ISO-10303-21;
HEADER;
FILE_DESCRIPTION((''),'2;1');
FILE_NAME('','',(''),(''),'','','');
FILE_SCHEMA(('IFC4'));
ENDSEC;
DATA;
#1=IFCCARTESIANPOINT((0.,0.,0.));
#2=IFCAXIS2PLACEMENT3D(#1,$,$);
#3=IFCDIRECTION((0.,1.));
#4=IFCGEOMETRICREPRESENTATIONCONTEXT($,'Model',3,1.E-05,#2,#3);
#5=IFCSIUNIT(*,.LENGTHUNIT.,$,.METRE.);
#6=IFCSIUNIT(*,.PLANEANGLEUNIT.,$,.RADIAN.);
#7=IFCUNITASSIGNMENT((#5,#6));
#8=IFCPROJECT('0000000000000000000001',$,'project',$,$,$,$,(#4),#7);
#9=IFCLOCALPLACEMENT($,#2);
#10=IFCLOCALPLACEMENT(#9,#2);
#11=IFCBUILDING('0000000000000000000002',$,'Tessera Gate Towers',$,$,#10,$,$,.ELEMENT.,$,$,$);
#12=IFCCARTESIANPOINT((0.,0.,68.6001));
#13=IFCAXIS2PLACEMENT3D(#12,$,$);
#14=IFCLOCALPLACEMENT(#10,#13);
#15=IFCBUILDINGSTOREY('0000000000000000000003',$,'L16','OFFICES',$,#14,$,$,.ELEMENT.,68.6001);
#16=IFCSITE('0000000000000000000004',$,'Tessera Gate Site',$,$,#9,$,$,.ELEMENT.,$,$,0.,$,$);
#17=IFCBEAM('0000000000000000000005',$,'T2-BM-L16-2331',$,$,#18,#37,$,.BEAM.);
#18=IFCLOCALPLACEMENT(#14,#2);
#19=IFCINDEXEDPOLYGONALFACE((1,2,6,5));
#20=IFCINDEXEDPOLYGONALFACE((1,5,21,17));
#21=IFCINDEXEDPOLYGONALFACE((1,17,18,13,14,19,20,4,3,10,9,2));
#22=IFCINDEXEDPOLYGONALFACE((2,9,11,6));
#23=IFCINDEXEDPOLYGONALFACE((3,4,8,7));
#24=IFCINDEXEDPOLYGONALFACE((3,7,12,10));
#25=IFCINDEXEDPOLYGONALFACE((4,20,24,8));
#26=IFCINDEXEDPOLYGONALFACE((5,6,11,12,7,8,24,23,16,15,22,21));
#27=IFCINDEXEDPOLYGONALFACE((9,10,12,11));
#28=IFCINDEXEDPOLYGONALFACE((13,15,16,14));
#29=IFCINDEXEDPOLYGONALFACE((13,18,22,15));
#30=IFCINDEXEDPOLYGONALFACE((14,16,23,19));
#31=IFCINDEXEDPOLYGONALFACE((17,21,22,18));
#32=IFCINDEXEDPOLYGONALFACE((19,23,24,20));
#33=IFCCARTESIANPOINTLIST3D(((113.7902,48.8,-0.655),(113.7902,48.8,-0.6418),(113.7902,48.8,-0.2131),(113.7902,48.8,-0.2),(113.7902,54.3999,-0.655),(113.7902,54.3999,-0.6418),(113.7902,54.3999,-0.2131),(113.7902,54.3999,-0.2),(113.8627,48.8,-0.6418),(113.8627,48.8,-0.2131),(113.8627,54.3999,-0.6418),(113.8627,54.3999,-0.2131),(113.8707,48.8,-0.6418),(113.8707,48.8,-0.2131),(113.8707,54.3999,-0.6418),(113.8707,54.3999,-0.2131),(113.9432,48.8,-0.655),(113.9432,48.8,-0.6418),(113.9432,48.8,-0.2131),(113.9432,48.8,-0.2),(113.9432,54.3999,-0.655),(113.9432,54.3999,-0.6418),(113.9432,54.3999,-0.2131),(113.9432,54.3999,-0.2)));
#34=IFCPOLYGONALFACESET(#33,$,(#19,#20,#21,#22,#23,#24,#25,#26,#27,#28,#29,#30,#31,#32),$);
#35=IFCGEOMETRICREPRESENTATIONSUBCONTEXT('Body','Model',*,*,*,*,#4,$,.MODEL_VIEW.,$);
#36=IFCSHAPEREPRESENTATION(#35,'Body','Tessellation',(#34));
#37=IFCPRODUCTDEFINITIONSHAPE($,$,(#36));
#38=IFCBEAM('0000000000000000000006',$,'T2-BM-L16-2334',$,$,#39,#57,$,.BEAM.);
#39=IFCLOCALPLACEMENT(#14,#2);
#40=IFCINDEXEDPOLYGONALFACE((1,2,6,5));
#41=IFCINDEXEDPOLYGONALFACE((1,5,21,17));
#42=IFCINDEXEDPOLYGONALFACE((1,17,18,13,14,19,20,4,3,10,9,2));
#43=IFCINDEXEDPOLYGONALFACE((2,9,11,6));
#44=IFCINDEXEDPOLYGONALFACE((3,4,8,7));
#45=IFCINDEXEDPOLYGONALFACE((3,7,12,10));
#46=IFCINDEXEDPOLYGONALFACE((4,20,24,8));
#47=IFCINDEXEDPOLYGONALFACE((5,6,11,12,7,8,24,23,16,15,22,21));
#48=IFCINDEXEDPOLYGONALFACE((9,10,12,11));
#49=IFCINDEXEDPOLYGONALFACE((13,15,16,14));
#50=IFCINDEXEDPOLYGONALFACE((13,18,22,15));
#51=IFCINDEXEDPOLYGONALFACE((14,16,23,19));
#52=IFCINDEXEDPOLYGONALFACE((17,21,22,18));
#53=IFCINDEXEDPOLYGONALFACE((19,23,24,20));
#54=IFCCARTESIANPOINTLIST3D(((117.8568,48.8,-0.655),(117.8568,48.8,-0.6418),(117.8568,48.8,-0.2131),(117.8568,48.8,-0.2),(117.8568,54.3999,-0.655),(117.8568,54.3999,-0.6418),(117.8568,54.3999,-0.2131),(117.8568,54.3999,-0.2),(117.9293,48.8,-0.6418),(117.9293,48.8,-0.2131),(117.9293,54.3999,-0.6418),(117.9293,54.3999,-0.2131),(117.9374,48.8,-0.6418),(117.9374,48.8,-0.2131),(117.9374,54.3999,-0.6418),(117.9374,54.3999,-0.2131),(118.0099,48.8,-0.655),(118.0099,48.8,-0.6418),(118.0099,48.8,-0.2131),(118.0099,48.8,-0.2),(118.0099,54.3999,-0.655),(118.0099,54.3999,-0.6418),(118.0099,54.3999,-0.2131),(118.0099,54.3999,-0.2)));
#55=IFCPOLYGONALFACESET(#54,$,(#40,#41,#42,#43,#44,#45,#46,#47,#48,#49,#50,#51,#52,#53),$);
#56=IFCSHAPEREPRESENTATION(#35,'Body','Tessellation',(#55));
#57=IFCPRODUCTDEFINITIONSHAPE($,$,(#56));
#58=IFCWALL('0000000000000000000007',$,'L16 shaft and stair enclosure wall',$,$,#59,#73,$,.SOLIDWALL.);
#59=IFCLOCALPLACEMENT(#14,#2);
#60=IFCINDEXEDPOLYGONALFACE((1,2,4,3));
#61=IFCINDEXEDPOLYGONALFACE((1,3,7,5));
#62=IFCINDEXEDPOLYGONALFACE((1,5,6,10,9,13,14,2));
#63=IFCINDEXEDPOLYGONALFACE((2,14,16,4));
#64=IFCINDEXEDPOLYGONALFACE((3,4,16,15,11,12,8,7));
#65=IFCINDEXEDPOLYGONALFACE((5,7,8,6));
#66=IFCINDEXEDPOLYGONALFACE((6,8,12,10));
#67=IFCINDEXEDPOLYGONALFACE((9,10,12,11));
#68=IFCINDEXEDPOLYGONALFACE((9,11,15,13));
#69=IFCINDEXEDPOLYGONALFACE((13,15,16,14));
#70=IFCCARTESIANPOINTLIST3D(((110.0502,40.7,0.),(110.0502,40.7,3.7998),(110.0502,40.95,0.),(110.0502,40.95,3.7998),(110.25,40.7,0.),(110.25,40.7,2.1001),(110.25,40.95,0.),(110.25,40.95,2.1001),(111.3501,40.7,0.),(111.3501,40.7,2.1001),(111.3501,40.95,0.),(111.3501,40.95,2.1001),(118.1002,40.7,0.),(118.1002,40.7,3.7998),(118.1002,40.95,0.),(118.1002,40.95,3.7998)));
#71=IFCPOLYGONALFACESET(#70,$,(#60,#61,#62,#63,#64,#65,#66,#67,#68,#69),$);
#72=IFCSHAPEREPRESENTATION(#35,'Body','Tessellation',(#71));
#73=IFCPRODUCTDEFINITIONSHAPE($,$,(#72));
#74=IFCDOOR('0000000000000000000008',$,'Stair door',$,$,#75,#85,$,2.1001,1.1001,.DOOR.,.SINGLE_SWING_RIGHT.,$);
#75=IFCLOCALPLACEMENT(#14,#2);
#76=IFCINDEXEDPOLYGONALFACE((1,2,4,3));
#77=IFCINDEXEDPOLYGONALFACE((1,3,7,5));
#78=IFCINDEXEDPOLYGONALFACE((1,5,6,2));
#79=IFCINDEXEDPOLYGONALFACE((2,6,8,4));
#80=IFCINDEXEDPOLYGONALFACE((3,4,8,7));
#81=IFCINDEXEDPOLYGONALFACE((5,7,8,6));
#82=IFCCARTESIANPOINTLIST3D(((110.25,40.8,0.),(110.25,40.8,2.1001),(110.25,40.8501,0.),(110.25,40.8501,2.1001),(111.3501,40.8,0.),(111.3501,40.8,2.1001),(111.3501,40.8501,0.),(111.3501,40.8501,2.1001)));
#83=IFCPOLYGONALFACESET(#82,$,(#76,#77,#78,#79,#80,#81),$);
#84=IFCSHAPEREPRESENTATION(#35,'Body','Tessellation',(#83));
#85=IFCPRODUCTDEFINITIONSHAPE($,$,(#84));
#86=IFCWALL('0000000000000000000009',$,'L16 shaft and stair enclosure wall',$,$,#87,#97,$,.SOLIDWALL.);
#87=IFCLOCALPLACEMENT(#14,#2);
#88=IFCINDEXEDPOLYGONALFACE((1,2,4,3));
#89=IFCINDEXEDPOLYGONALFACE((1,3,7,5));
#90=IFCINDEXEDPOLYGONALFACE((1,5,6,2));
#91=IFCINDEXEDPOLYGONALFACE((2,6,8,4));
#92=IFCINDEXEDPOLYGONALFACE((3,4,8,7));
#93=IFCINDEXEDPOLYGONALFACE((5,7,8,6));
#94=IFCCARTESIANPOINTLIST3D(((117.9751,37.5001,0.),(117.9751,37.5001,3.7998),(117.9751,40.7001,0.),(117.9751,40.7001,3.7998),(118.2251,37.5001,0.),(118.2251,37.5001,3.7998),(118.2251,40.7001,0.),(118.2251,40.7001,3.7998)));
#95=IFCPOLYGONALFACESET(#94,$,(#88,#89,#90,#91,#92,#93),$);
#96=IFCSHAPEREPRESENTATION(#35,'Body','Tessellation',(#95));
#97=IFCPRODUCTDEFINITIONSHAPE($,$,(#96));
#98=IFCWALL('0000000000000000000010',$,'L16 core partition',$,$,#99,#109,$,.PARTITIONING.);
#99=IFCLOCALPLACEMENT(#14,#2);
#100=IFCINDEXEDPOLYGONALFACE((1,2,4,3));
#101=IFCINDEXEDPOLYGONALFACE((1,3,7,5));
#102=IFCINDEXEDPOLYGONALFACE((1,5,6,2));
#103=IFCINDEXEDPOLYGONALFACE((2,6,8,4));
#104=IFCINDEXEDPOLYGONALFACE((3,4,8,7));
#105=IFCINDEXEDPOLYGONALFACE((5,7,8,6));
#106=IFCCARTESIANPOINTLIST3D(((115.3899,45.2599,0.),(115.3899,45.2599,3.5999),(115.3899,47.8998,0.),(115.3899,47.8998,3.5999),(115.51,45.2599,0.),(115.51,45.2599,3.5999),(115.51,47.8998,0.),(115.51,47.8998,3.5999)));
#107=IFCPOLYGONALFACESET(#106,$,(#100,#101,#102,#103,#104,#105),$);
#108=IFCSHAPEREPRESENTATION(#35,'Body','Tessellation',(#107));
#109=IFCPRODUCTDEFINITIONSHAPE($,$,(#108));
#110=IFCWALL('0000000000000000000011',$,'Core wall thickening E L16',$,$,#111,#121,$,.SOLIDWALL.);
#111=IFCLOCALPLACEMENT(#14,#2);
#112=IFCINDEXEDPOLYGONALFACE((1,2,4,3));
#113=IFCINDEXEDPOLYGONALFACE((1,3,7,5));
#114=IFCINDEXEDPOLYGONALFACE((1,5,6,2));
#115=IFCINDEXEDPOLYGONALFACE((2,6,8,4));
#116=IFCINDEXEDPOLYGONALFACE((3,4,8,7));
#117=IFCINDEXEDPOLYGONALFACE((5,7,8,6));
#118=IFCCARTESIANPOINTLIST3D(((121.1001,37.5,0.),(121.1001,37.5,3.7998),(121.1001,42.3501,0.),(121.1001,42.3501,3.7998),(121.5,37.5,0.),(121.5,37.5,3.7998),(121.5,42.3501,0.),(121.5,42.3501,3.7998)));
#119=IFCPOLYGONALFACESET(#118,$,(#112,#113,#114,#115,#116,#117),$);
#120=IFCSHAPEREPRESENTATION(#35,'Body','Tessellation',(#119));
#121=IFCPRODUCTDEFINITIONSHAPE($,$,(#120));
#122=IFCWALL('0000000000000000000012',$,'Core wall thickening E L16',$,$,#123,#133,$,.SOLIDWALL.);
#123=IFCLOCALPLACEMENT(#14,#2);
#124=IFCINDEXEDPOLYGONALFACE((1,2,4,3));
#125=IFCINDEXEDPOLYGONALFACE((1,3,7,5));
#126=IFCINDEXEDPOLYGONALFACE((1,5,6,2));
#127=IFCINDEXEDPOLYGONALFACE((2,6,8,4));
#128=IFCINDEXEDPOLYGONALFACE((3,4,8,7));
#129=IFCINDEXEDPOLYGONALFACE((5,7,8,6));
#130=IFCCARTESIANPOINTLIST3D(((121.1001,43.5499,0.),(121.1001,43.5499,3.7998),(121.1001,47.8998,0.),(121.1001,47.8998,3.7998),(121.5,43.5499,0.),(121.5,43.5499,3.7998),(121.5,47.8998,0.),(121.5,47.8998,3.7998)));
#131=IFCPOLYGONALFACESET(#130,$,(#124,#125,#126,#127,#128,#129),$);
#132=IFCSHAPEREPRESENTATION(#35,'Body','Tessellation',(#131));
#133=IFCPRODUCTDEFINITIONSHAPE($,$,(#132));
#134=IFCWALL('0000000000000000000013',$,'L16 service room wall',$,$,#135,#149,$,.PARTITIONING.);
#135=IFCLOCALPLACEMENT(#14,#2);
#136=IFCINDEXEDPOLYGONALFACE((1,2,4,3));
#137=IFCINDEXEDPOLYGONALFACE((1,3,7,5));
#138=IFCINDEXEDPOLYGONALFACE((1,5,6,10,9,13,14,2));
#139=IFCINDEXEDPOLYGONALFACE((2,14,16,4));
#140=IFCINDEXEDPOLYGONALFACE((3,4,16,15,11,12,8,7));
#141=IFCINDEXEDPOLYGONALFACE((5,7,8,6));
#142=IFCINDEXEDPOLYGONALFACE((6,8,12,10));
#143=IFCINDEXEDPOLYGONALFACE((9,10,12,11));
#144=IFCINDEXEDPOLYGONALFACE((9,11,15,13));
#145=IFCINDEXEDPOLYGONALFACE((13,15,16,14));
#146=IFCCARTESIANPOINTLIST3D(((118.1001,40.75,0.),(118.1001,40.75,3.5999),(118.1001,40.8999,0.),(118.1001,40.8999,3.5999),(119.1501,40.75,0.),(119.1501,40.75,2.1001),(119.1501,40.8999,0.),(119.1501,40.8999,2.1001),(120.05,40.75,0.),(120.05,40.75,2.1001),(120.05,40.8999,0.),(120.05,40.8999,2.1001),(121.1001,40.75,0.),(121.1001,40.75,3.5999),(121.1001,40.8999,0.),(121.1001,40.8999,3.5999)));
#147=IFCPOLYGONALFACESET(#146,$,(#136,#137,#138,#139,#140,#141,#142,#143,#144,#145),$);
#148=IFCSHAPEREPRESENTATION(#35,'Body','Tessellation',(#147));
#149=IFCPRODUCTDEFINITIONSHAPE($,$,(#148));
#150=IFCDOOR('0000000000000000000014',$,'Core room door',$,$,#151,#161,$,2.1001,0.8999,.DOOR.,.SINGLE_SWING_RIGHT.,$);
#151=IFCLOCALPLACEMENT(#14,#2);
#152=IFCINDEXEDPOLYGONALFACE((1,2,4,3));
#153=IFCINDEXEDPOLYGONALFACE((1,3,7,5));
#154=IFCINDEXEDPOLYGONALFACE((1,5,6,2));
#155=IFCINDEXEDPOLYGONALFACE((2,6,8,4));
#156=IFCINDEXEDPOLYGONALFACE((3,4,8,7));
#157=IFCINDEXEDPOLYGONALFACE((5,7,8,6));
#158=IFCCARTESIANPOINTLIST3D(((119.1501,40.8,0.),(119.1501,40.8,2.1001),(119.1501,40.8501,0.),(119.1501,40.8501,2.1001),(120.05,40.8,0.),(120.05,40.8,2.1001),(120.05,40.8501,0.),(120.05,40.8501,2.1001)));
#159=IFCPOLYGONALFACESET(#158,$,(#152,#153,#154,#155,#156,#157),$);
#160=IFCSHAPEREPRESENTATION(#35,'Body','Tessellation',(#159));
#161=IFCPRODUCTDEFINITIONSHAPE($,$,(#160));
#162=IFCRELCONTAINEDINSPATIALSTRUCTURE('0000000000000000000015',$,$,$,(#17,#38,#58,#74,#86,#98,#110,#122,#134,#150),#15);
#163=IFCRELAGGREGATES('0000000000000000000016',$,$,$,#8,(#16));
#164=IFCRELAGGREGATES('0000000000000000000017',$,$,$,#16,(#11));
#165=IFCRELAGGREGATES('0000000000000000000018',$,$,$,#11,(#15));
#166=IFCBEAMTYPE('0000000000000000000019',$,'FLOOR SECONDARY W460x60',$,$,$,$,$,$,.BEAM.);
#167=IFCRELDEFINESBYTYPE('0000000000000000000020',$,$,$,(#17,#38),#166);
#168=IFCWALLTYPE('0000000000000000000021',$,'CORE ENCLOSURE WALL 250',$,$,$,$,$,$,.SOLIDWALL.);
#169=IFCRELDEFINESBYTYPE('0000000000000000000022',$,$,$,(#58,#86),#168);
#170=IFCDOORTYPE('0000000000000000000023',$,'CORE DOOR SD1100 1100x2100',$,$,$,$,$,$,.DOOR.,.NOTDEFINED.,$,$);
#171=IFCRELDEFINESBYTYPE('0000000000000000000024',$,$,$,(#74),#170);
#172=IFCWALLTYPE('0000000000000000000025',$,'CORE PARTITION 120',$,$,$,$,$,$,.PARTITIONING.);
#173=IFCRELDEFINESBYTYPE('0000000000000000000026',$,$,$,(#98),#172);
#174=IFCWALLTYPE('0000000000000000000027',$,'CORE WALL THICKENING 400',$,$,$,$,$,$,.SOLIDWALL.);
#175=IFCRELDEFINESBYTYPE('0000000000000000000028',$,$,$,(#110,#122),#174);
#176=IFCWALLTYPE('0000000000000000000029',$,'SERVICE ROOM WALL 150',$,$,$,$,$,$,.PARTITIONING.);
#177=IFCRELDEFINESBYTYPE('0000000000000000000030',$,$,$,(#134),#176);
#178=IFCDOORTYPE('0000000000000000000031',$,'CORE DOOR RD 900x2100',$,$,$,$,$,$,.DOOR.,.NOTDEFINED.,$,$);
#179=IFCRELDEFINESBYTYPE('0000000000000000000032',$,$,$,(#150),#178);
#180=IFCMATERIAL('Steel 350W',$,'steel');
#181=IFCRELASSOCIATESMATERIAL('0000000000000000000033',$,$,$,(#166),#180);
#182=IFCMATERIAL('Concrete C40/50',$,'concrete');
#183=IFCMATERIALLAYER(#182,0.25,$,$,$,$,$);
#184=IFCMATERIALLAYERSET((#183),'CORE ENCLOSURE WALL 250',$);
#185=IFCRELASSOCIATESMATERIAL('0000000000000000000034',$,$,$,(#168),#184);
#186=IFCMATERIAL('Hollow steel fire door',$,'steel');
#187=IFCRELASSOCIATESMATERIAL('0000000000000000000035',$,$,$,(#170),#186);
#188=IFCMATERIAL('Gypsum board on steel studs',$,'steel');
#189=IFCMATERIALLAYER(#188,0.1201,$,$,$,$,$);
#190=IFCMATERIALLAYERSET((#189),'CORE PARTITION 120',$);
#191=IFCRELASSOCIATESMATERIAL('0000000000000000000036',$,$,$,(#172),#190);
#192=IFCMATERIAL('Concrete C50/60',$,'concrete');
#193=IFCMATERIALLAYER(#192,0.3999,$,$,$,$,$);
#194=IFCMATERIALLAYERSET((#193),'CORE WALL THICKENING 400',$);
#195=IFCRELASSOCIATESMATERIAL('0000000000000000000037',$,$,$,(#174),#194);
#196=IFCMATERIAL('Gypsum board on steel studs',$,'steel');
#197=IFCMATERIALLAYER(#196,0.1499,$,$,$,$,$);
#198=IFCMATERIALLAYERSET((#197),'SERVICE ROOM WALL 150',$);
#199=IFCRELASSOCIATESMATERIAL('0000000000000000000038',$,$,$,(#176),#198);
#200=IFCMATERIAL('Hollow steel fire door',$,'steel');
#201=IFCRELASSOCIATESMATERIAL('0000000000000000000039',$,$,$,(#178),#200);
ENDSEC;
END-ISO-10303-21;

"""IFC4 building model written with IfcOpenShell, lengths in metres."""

from ifc_helpers import new_model, si_unit, direction, frame, frame_2d, origin, origin_2d, place, context, subcontext, project, spatial, rectangle, i_section, extrude, source, transform, mapped, material, layer, layer_set, material_profile, profile_set, type_object, element, fill, save


model = new_model("IFC4")

# Units and contexts
model_context = context("Model", 3, precision=1e-05, world=origin(), true_north=direction((0.0, 1.0)))
body_context = subcontext(model_context, "Body", "Model", "MODEL_VIEW")
ifc_project = project(units=[si_unit("LENGTHUNIT", "METRE"), si_unit("PLANEANGLEUNIT", "RADIAN")], contexts=[model_context])

# Site, building, storey
site_placement = place(None, origin())
site = spatial("IfcSite", under=ifc_project, at=site_placement, Name="Tessera Gate Site", CompositionType="ELEMENT", RefElevation=0.0)
building_placement = place(site_placement, origin())
building = spatial("IfcBuilding", under=site, at=building_placement, Name="Tessera Gate Towers", CompositionType="ELEMENT")
storey_placement = place(building_placement, frame((0.0, 0.0, 68.6001)))
storey = spatial("IfcBuildingStorey", under=building, at=storey_placement, Name="L16", Description="OFFICES", CompositionType="ELEMENT", Elevation=68.6001)

# Beams
ifc_material_1 = material(Name="Steel 350W", Category="steel")
ifc_material_profile = material_profile(ifc_material_1, i_section(OverallWidth=0.1531, OverallDepth=0.4551, WebThickness=0.0081, FlangeThickness=0.0132, at=origin_2d()), Name="W460x60")
ifc_profile_set = profile_set([ifc_material_profile], Name="Steel 350W")
beam_type = type_object("IfcBeamType", Name="FLOOR SECONDARY W460x60", PredefinedType="BEAM", material=ifc_profile_set)
for number, where, z_axis, x_axis, name in (
    (1, (113.8667, 48.8, -0.4275), (0.0, 1.0, 0.0), (-1.0, 0.0, 0.0), "T2-BM-L16-2331"),
    (2, (117.9333, 48.8, -0.4275), (0.0, 1.0, 0.0), (-1.0, 0.0, 0.0), "T2-BM-L16-2334"),
):
    element("IfcBeam", number, at=place(storey_placement, frame(where, z_axis=z_axis, x_axis=x_axis)), inside=storey, type_object=beam_type, Name=name, PredefinedType="BEAM", context=body_context, shape_type="SweptSolid", body=[
        extrude(i_section(OverallWidth=0.1531, OverallDepth=0.4551, WebThickness=0.0081, FlangeThickness=0.0132, at=origin_2d()), origin(), (0.0, 0.0, 1.0), 5.5999),
    ])

# Wall, opening, door
ifc_material_2 = material(Name="Concrete C40/50", Category="concrete")
ifc_layer_1 = layer(ifc_material_2, 0.25)
ifc_layer_set_1 = layer_set([ifc_layer_1], Name="CORE ENCLOSURE WALL 250")
wall_type_1 = type_object("IfcWallType", Name="CORE ENCLOSURE WALL 250", PredefinedType="SOLIDWALL", material=ifc_layer_set_1)
wall_1_placement = place(storey_placement, frame((118.1001, 40.825, 0.0), z_axis=(0.0, 0.0, 1.0), x_axis=(-1.0, 0.0, 0.0)))
wall_1 = element("IfcWall", 3, at=wall_1_placement, inside=storey, type_object=wall_type_1, Name="L16 shaft and stair enclosure wall", PredefinedType="SOLIDWALL", context=body_context, shape_type="SweptSolid", body=[
    extrude(rectangle(XDim=8.05, YDim=0.25, at=frame_2d((4.0249, 0.0))), origin(), (0.0, 0.0, 1.0), 3.7998),
])
shared_shape_1 = source(origin(), body_context, "Body", "SweptSolid", [
    extrude(rectangle(XDim=1.1001, YDim=2.1001, at=frame_2d((0.55, 1.05))), frame((0.0, 0.135, 0.0), z_axis=(0.0, -1.0, 0.0), x_axis=(1.0, 0.0, 0.0)), (0.0, 0.0, 1.0), 0.27),
])
opening_1_placement = place(wall_1_placement, frame((6.75, 0.0, 0.0)))
opening_1 = element("IfcOpeningElement", 4, at=opening_1_placement, cuts=wall_1, PredefinedType="OPENING", context=body_context, shape_type="MappedRepresentation", body=[
    mapped(shared_shape_1, transform((0.0, 0.0, 0.0), scale=1.0)),
])
ifc_material_3 = material(Name="Hollow steel fire door", Category="steel")
door_type_1 = type_object("IfcDoorType", Name="CORE DOOR SD1100 1100x2100", OperationType="NOTDEFINED", PredefinedType="DOOR", material=ifc_material_3)
shared_shape_2 = source(origin(), body_context, "Body", "SweptSolid", [
    extrude(rectangle(XDim=1.1001, YDim=2.1001, at=frame_2d((0.55, 1.05))), frame((0.0, 0.0249, 0.0), z_axis=(0.0, -1.0, 0.0), x_axis=(1.0, 0.0, 0.0)), (0.0, 0.0, 1.0), 0.05),
])
door_1_placement = place(opening_1_placement, origin())
door_1 = element("IfcDoor", 5, at=door_1_placement, inside=storey, type_object=door_type_1, Name="Stair door", OperationType="SINGLE_SWING_RIGHT", OverallHeight=2.1001, OverallWidth=1.1001, PredefinedType="DOOR", context=body_context, shape_type="MappedRepresentation", body=[
    mapped(shared_shape_2, transform((0.0, 0.0, 0.0), scale=1.0)),
])
fill(opening_1, door_1)

# Walls
wall_2_placement = place(storey_placement, frame((118.1001, 37.5, 0.0), z_axis=(0.0, 0.0, 1.0), x_axis=(0.0, 1.0, 0.0)))
element("IfcWall", 6, at=wall_2_placement, inside=storey, type_object=wall_type_1, Name="L16 shaft and stair enclosure wall", PredefinedType="SOLIDWALL", context=body_context, shape_type="SweptSolid", body=[
    extrude(rectangle(XDim=3.2, YDim=0.25, at=frame_2d((1.6001, 0.0))), origin(), (0.0, 0.0, 1.0), 3.7998),
])
ifc_material_4 = material(Name="Gypsum board on steel studs", Category="steel")
ifc_layer_2 = layer(ifc_material_4, 0.1201)
ifc_layer_set_2 = layer_set([ifc_layer_2], Name="CORE PARTITION 120")
wall_type_2 = type_object("IfcWallType", Name="CORE PARTITION 120", PredefinedType="PARTITIONING", material=ifc_layer_set_2)
wall_3_placement = place(storey_placement, frame((115.45, 45.26, 0.0), z_axis=(0.0, 0.0, 1.0), x_axis=(0.0, 1.0, 0.0)))
element("IfcWall", 7, at=wall_3_placement, inside=storey, type_object=wall_type_2, Name="L16 core partition", PredefinedType="PARTITIONING", context=body_context, shape_type="SweptSolid", body=[
    extrude(rectangle(XDim=2.6399, YDim=0.1201, at=frame_2d((1.3198, 0.0))), origin(), (0.0, 0.0, 1.0), 3.5999),
])
ifc_material_5 = material(Name="Concrete C50/60", Category="concrete")
ifc_layer_3 = layer(ifc_material_5, 0.3999)
ifc_layer_set_3 = layer_set([ifc_layer_3], Name="CORE WALL THICKENING 400")
wall_type_3 = type_object("IfcWallType", Name="CORE WALL THICKENING 400", PredefinedType="SOLIDWALL", material=ifc_layer_set_3)
wall_4_placement = place(storey_placement, frame((121.3, 37.5, 0.0), z_axis=(0.0, 0.0, 1.0), x_axis=(0.0, 1.0, 0.0)))
element("IfcWall", 8, at=wall_4_placement, inside=storey, type_object=wall_type_3, Name="Core wall thickening E L16", PredefinedType="SOLIDWALL", context=body_context, shape_type="SweptSolid", body=[
    extrude(rectangle(XDim=4.8501, YDim=0.3999, at=frame_2d((2.425, 0.0))), origin(), (0.0, 0.0, 1.0), 3.7998),
])
wall_5_placement = place(storey_placement, frame((121.3, 43.55, 0.0), z_axis=(0.0, 0.0, 1.0), x_axis=(0.0, 1.0, 0.0)))
element("IfcWall", 9, at=wall_5_placement, inside=storey, type_object=wall_type_3, Name="Core wall thickening E L16", PredefinedType="SOLIDWALL", context=body_context, shape_type="SweptSolid", body=[
    extrude(rectangle(XDim=4.3499, YDim=0.3999, at=frame_2d((2.1748, 0.0))), origin(), (0.0, 0.0, 1.0), 3.7998),
])

# Wall, opening, door
ifc_material_6 = material(Name="Gypsum board on steel studs", Category="steel")
ifc_layer_4 = layer(ifc_material_6, 0.1499)
ifc_layer_set_4 = layer_set([ifc_layer_4], Name="SERVICE ROOM WALL 150")
wall_type_4 = type_object("IfcWallType", Name="SERVICE ROOM WALL 150", PredefinedType="PARTITIONING", material=ifc_layer_set_4)
wall_6_placement = place(storey_placement, frame((121.1001, 40.825, 0.0), z_axis=(0.0, 0.0, 1.0), x_axis=(-1.0, 0.0, 0.0)))
wall_6 = element("IfcWall", 10, at=wall_6_placement, inside=storey, type_object=wall_type_4, Name="L16 service room wall", PredefinedType="PARTITIONING", context=body_context, shape_type="SweptSolid", body=[
    extrude(rectangle(XDim=3.0, YDim=0.1499, at=frame_2d((1.5, 0.0))), origin(), (0.0, 0.0, 1.0), 3.5999),
])
shared_shape_3 = source(origin(), body_context, "Body", "SweptSolid", [
    extrude(rectangle(XDim=0.8999, YDim=2.1001, at=frame_2d((0.45, 1.05))), frame((0.0, 0.085, 0.0), z_axis=(0.0, -1.0, 0.0), x_axis=(1.0, 0.0, 0.0)), (0.0, 0.0, 1.0), 0.1699),
])
opening_2_placement = place(wall_6_placement, frame((1.05, 0.0, 0.0)))
opening_2 = element("IfcOpeningElement", 11, at=opening_2_placement, cuts=wall_6, PredefinedType="OPENING", context=body_context, shape_type="MappedRepresentation", body=[
    mapped(shared_shape_3, transform((0.0, 0.0, 0.0), scale=1.0)),
])
ifc_material_7 = material(Name="Hollow steel fire door", Category="steel")
door_type_2 = type_object("IfcDoorType", Name="CORE DOOR RD 900x2100", OperationType="NOTDEFINED", PredefinedType="DOOR", material=ifc_material_7)
shared_shape_4 = source(origin(), body_context, "Body", "SweptSolid", [
    extrude(rectangle(XDim=0.8999, YDim=2.1001, at=frame_2d((0.45, 1.05))), frame((0.0, 0.0249, 0.0), z_axis=(0.0, -1.0, 0.0), x_axis=(1.0, 0.0, 0.0)), (0.0, 0.0, 1.0), 0.05),
])
door_2_placement = place(opening_2_placement, origin())
door_2 = element("IfcDoor", 12, at=door_2_placement, inside=storey, type_object=door_type_2, Name="Core room door", OperationType="SINGLE_SWING_RIGHT", OverallHeight=2.1001, OverallWidth=0.8999, PredefinedType="DOOR", context=body_context, shape_type="MappedRepresentation", body=[
    mapped(shared_shape_4, transform((0.0, 0.0, 0.0), scale=1.0)),
])
fill(opening_2, door_2)

save(model, "model.ifc")
